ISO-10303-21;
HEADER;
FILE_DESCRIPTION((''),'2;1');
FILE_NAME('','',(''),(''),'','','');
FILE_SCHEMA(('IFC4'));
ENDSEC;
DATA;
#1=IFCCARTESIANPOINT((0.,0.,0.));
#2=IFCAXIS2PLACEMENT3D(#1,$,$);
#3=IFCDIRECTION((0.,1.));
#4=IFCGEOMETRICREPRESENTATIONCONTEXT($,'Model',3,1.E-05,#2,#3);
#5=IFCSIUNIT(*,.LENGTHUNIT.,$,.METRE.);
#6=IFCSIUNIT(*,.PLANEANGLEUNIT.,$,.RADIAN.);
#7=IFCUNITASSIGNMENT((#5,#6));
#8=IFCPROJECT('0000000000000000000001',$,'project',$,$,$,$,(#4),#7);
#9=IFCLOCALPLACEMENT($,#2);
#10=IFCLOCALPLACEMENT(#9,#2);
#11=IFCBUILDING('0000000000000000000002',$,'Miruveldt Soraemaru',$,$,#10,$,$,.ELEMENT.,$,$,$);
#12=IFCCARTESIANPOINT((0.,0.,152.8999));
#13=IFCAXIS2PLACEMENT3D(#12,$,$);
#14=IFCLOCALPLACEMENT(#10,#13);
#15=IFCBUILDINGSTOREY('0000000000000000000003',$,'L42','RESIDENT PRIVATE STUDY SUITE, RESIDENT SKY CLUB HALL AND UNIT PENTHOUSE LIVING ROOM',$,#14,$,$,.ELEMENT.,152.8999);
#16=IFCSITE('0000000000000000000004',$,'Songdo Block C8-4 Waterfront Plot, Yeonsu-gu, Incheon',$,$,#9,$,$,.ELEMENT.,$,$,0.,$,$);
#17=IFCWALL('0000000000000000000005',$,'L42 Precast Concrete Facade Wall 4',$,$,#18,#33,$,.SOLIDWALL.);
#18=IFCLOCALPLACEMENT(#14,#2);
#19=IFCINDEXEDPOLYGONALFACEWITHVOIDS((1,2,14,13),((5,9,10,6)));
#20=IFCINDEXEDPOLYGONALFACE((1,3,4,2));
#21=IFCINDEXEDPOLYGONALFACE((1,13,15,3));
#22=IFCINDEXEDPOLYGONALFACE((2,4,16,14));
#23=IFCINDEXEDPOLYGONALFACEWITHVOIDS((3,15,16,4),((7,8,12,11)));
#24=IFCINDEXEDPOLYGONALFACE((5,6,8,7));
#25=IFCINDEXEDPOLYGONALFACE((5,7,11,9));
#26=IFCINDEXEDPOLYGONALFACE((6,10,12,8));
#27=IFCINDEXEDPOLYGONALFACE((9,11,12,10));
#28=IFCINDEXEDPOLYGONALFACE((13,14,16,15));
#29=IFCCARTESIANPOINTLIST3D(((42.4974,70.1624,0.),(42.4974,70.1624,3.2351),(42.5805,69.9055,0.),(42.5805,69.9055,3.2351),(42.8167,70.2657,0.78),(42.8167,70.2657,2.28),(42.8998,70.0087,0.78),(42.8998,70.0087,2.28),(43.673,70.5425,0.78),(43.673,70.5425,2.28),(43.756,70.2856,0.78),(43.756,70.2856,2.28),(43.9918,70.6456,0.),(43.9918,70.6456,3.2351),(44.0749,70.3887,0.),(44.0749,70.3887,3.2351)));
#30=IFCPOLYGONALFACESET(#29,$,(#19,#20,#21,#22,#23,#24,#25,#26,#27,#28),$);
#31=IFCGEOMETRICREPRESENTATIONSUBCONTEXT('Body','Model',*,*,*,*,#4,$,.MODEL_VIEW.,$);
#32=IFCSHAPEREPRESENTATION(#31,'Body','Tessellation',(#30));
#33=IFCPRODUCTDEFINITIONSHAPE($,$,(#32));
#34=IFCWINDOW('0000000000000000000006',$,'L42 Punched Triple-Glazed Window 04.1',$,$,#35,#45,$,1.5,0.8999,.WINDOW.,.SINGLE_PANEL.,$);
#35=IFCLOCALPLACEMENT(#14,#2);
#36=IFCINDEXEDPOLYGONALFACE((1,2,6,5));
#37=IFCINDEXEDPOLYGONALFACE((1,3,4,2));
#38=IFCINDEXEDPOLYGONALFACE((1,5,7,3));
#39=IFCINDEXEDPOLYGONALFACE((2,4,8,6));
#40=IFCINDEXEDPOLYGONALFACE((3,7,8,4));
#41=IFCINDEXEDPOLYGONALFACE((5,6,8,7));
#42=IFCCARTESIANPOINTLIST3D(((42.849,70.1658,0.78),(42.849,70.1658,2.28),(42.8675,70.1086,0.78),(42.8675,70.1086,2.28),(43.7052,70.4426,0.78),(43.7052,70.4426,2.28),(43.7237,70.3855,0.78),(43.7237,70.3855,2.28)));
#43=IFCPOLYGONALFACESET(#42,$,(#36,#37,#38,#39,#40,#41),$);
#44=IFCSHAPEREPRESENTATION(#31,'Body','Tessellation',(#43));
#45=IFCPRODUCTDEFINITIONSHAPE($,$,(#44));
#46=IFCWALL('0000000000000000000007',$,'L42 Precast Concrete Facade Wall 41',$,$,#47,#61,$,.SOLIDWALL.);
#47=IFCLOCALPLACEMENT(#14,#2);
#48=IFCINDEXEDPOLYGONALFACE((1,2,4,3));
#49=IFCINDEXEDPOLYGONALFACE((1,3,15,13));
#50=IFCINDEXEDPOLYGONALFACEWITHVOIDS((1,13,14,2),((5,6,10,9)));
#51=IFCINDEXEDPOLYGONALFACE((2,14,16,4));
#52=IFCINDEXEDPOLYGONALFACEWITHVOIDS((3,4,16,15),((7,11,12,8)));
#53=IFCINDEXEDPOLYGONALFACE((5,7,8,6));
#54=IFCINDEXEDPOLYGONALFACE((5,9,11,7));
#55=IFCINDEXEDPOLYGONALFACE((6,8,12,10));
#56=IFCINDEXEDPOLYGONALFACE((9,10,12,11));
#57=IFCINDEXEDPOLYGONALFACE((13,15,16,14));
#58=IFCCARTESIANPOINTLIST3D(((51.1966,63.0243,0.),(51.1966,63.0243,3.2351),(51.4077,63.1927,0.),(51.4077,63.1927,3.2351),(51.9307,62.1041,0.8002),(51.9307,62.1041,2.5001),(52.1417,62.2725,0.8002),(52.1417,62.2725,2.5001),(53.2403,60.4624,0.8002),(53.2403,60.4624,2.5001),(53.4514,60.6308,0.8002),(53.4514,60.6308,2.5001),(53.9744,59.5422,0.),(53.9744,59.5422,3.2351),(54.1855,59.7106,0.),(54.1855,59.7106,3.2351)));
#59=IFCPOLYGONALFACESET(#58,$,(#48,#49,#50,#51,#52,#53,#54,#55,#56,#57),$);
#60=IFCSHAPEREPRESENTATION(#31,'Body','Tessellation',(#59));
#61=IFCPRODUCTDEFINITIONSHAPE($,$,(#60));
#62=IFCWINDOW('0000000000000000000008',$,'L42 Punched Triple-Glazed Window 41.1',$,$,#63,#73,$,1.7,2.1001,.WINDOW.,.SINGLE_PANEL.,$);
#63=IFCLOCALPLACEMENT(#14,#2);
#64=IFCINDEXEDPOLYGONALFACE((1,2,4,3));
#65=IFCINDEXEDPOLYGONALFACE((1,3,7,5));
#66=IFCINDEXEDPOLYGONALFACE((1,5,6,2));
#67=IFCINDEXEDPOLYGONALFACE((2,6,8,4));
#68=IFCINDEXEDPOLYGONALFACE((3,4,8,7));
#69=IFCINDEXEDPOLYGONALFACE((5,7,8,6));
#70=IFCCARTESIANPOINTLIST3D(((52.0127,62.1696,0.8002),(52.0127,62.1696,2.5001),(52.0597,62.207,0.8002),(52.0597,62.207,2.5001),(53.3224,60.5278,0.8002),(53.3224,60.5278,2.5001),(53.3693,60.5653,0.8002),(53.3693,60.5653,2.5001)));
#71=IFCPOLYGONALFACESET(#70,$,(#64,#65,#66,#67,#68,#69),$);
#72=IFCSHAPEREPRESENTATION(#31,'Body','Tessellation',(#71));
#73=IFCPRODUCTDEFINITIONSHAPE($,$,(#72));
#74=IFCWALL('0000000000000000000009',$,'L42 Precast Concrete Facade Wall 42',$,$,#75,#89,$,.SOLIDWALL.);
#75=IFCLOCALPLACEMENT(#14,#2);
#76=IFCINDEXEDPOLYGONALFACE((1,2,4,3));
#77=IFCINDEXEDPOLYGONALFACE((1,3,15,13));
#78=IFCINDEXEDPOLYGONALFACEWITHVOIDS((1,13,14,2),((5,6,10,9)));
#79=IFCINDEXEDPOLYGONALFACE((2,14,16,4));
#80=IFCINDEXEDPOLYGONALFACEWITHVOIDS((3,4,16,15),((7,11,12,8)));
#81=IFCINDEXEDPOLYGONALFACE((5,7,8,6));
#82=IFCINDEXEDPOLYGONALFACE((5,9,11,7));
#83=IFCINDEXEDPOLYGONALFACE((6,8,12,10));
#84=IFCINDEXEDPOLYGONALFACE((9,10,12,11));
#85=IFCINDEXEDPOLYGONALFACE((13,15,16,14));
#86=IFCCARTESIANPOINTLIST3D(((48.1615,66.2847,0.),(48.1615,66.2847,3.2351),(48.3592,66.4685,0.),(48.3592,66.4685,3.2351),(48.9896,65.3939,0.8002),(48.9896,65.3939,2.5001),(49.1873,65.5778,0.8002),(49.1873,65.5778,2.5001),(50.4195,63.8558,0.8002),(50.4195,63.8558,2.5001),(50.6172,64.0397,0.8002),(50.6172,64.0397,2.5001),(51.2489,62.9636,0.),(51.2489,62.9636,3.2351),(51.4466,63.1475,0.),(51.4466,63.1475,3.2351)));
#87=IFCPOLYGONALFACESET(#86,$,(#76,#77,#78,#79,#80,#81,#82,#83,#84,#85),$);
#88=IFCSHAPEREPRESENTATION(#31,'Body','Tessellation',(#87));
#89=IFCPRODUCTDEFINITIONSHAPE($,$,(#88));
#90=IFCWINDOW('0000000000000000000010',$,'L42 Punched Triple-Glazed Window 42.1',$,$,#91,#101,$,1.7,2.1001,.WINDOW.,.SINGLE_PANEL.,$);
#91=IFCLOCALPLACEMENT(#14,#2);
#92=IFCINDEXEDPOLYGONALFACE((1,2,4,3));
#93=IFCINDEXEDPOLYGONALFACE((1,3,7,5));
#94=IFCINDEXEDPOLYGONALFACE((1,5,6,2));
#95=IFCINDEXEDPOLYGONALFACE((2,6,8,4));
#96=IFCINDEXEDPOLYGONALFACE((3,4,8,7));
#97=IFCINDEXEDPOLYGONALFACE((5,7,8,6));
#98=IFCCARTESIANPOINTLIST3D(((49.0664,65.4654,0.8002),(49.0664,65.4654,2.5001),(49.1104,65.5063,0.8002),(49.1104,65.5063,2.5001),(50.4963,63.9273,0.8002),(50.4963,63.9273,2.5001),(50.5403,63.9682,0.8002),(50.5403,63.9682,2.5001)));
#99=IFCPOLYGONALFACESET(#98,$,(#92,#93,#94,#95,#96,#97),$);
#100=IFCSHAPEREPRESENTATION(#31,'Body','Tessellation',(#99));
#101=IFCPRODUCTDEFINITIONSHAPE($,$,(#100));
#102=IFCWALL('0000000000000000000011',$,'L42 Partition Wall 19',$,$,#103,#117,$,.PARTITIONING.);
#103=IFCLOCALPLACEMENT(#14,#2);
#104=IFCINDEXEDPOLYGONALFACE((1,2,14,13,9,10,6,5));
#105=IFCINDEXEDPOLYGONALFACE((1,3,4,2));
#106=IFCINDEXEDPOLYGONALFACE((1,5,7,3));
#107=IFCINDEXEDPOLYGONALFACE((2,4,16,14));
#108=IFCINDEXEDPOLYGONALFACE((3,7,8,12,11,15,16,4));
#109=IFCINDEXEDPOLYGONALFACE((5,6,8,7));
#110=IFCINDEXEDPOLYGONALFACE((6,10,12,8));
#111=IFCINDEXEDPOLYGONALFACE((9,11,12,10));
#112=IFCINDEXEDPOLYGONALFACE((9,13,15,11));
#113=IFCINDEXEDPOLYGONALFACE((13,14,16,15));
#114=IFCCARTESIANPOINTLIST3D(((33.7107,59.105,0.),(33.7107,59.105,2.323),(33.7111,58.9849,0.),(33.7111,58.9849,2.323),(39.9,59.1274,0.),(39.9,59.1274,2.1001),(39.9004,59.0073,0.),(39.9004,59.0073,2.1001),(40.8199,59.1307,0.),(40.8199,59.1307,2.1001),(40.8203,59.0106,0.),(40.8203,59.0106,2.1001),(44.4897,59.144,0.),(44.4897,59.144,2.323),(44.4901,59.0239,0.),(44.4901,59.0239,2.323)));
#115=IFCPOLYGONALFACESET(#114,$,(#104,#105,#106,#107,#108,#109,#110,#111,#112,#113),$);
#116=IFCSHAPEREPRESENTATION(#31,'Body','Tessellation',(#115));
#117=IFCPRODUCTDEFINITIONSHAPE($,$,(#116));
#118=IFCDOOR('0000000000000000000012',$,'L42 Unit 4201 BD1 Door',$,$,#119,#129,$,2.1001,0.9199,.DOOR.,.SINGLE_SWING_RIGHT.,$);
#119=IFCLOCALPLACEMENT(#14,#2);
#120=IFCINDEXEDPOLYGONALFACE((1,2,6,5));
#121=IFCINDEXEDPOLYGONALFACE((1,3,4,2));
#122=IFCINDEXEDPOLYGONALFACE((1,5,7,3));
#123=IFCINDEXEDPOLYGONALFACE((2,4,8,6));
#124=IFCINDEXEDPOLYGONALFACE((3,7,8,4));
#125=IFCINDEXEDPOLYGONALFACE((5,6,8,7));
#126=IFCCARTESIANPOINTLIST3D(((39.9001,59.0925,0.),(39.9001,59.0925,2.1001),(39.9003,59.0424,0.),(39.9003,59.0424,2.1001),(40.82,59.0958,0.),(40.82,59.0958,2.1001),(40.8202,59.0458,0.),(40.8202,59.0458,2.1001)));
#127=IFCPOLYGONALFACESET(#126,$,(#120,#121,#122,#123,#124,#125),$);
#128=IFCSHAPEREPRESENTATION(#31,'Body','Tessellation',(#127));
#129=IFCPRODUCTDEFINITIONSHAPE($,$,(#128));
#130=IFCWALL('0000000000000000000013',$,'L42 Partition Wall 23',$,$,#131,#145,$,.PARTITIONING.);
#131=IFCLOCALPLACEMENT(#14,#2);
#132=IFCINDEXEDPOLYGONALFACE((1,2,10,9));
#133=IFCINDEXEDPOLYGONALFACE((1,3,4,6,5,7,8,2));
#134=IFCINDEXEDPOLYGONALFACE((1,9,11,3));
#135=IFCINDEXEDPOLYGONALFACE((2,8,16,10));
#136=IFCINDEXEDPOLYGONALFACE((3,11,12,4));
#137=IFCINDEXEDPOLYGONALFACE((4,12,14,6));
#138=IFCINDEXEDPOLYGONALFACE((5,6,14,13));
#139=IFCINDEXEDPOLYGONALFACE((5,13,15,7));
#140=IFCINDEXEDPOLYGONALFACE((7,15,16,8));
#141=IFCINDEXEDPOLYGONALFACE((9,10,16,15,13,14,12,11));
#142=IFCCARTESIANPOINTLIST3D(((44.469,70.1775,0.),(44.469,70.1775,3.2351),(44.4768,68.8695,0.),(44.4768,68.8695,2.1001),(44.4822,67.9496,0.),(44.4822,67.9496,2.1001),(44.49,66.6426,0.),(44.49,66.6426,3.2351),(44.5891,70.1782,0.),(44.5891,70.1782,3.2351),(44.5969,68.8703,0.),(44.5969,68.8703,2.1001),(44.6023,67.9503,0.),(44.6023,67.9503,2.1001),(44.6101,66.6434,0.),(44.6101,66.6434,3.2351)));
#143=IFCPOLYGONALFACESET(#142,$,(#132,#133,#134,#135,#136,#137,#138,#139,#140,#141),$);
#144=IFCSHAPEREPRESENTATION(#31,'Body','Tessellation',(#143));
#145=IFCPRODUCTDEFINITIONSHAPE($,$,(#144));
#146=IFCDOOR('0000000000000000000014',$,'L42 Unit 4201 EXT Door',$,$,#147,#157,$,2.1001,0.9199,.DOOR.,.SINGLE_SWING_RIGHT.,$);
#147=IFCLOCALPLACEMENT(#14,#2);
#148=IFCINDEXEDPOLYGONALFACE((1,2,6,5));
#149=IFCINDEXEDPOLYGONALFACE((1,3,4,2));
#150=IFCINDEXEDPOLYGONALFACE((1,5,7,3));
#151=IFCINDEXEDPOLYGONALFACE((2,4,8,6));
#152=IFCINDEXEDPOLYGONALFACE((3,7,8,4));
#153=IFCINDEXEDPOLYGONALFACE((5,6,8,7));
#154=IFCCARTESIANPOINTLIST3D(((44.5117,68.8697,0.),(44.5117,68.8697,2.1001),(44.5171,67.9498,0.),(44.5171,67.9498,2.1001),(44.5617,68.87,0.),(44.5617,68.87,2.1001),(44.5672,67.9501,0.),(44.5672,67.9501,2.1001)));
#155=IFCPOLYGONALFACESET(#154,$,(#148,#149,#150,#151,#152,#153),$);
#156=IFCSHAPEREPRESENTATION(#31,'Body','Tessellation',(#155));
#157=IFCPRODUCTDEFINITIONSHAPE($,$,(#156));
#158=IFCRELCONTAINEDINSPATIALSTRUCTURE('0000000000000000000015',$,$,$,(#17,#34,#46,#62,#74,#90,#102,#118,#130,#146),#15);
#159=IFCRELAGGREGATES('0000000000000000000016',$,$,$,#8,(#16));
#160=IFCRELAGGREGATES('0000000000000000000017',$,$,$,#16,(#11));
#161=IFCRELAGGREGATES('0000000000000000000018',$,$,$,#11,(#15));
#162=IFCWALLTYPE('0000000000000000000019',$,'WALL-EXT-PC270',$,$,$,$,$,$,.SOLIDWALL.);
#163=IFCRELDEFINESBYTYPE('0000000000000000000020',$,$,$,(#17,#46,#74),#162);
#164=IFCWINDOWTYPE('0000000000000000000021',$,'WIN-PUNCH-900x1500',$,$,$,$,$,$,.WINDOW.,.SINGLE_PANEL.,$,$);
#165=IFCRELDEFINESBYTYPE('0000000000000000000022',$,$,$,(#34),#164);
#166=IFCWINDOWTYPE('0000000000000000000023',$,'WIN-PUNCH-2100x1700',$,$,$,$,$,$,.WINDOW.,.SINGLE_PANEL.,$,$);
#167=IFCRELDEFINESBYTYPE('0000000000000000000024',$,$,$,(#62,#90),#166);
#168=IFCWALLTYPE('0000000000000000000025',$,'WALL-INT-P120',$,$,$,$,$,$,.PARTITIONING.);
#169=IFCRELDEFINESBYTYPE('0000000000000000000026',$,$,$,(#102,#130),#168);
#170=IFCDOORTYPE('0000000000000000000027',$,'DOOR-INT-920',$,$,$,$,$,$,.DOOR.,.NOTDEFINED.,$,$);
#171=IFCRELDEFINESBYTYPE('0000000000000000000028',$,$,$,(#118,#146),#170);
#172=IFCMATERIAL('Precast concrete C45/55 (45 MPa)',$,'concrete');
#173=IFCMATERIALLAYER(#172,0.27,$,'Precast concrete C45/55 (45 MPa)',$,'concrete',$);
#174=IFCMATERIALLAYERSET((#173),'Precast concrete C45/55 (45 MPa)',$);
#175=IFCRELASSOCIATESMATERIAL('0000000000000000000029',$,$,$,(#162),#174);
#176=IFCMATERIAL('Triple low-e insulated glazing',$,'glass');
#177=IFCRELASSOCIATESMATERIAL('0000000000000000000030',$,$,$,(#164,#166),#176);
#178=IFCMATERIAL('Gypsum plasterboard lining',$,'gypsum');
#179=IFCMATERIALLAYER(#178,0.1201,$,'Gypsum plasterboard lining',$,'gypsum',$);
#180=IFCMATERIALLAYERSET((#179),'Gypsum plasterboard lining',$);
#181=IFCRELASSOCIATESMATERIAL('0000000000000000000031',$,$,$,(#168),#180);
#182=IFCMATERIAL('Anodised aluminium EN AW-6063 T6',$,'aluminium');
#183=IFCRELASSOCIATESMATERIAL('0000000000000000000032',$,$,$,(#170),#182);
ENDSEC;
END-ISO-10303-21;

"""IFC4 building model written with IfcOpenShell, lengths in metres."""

from ifc_helpers import new_model, si_unit, direction, frame, frame_2d, origin, place, context, subcontext, project, spatial, rectangle, extrude, material, layer, layer_set, type_object, element, fill, save


model = new_model("IFC4")

# Units and contexts
model_context = context("Model", 3, precision=1e-05, world=origin(), true_north=direction((0.0, 1.0)))
body_context = subcontext(model_context, "Body", "Model", "MODEL_VIEW")
ifc_project = project(units=[si_unit("LENGTHUNIT", "METRE"), si_unit("PLANEANGLEUNIT", "RADIAN")], contexts=[model_context])

# Site, building, storey
site_placement = place(None, origin())
site = spatial("IfcSite", under=ifc_project, at=site_placement, Name="Songdo Block C8-4 Waterfront Plot, Yeonsu-gu, Incheon", CompositionType="ELEMENT", RefElevation=0.0)
building_placement = place(site_placement, origin())
building = spatial("IfcBuilding", under=site, at=building_placement, Name="Miruveldt Soraemaru", CompositionType="ELEMENT")
storey_placement = place(building_placement, frame((0.0, 0.0, 152.8999)))
storey = spatial("IfcBuildingStorey", under=building, at=storey_placement, Name="L42", Description="RESIDENT PRIVATE STUDY SUITE, RESIDENT SKY CLUB HALL AND UNIT PENTHOUSE LIVING ROOM", CompositionType="ELEMENT", Elevation=152.8999)

# Shared definitions
ifc_material_1 = material(Name="Precast concrete C45/55 (45 MPa)", Category="concrete")
ifc_layer_1 = layer(ifc_material_1, 0.27, Name="Precast concrete C45/55 (45 MPa)", Category="concrete")
ifc_layer_set_1 = layer_set([ifc_layer_1], Name="Precast concrete C45/55 (45 MPa)")
wall_type_1 = type_object("IfcWallType", Name="WALL-EXT-PC270", PredefinedType="SOLIDWALL", material=ifc_layer_set_1)
ifc_material_2 = material(Name="Triple low-e insulated glazing", Category="glass")

# Walls, openings, windows
wall_1_placement = place(storey_placement, frame((44.0332, 70.5171, 0.0), z_axis=(0.0, 0.0, 1.0), x_axis=(-0.951505, -0.307634, 0.0)))
wall_1 = element("IfcWall", 1, at=wall_1_placement, inside=storey, type_object=wall_type_1, Name="L42 Precast Concrete Facade Wall 4", PredefinedType="SOLIDWALL", context=body_context, shape_type="SweptSolid", body=[
    extrude(rectangle(XDim=1.5706, YDim=0.27, at=frame_2d((0.7852, 0.0))), origin(), (0.0, 0.0, 1.0), 3.2351),
])
opening_1_placement = place(wall_1_placement, frame((0.335, 0.0, 0.78)))
opening_1 = element("IfcOpeningElement", 2, at=opening_1_placement, cuts=wall_1, PredefinedType="OPENING", context=body_context, shape_type="SweptSolid", body=[
    extrude(rectangle(XDim=0.8999, YDim=1.5, at=frame_2d((0.45, 0.75))), frame((0.0, 0.145, 0.0), z_axis=(0.0, -1.0, 0.0), x_axis=(1.0, 0.0, 0.0)), (0.0, 0.0, 1.0), 0.29),
])
window_type_1 = type_object("IfcWindowType", Name="WIN-PUNCH-900x1500", PartitioningType="SINGLE_PANEL", PredefinedType="WINDOW", material=ifc_material_2)
window_1_placement = place(opening_1_placement, origin())
window_1 = element("IfcWindow", 3, at=window_1_placement, inside=storey, type_object=window_type_1, Name="L42 Punched Triple-Glazed Window 04.1", OverallHeight=1.5, OverallWidth=0.8999, PartitioningType="SINGLE_PANEL", PredefinedType="WINDOW", context=body_context, shape_type="SweptSolid", body=[
    extrude(rectangle(XDim=0.8999, YDim=1.5, at=frame_2d((0.45, 0.75))), frame((0.0, 0.03, 0.0), z_axis=(0.0, -1.0, 0.0), x_axis=(1.0, 0.0, 0.0)), (0.0, 0.0, 1.0), 0.0601),
])
fill(opening_1, window_1)
wall_2_placement = place(storey_placement, frame((54.0798, 59.6265, 0.0), z_axis=(0.0, 0.0, 1.0), x_axis=(-0.623612, 0.781734, 0.0)))
wall_2 = element("IfcWall", 4, at=wall_2_placement, inside=storey, type_object=wall_type_1, Name="L42 Precast Concrete Facade Wall 41", PredefinedType="SOLIDWALL", context=body_context, shape_type="SweptSolid", body=[
    extrude(rectangle(XDim=4.4543, YDim=0.27, at=frame_2d((2.2271, 0.0))), origin(), (0.0, 0.0, 1.0), 3.2351),
])
opening_2_placement = place(wall_2_placement, frame((1.177, 0.0, 0.8)))
opening_2 = element("IfcOpeningElement", 5, at=opening_2_placement, cuts=wall_2, PredefinedType="OPENING", context=body_context, shape_type="SweptSolid", body=[
    extrude(rectangle(XDim=2.1001, YDim=1.7, at=frame_2d((1.05, 0.8501))), frame((0.0, 0.145, 0.0), z_axis=(0.0, -1.0, 0.0), x_axis=(1.0, 0.0, 0.0)), (0.0, 0.0, 1.0), 0.29),
])
window_type_2 = type_object("IfcWindowType", Name="WIN-PUNCH-2100x1700", PartitioningType="SINGLE_PANEL", PredefinedType="WINDOW", material=ifc_material_2)
window_2_placement = place(opening_2_placement, origin())
window_2 = element("IfcWindow", 6, at=window_2_placement, inside=storey, type_object=window_type_2, Name="L42 Punched Triple-Glazed Window 41.1", OverallHeight=1.7, OverallWidth=2.1001, PartitioningType="SINGLE_PANEL", PredefinedType="WINDOW", context=body_context, shape_type="SweptSolid", body=[
    extrude(rectangle(XDim=2.1001, YDim=1.7, at=frame_2d((1.05, 0.8501))), frame((0.0, 0.03, 0.0), z_axis=(0.0, -1.0, 0.0), x_axis=(1.0, 0.0, 0.0)), (0.0, 0.0, 1.0), 0.0601),
])
fill(opening_2, window_2)
wall_3_placement = place(storey_placement, frame((51.3477, 63.0557, 0.0), z_axis=(0.0, 0.0, 1.0), x_axis=(-0.680874, 0.7324, 0.0)))
wall_3 = element("IfcWall", 7, at=wall_3_placement, inside=storey, type_object=wall_type_1, Name="L42 Precast Concrete Facade Wall 42", PredefinedType="SOLIDWALL", context=body_context, shape_type="SweptSolid", body=[
    extrude(rectangle(XDim=4.5344, YDim=0.27, at=frame_2d((2.2671, 0.0))), origin(), (0.0, 0.0, 1.0), 3.2351),
])
opening_3_placement = place(wall_3_placement, frame((1.218, 0.0, 0.8)))
opening_3 = element("IfcOpeningElement", 8, at=opening_3_placement, cuts=wall_3, PredefinedType="OPENING", context=body_context, shape_type="SweptSolid", body=[
    extrude(rectangle(XDim=2.1001, YDim=1.7, at=frame_2d((1.05, 0.8501))), frame((0.0, 0.145, 0.0), z_axis=(0.0, -1.0, 0.0), x_axis=(1.0, 0.0, 0.0)), (0.0, 0.0, 1.0), 0.29),
])
window_3_placement = place(opening_3_placement, origin())
window_3 = element("IfcWindow", 9, at=window_3_placement, inside=storey, type_object=window_type_2, Name="L42 Punched Triple-Glazed Window 42.1", OverallHeight=1.7, OverallWidth=2.1001, PartitioningType="SINGLE_PANEL", PredefinedType="WINDOW", context=body_context, shape_type="SweptSolid", body=[
    extrude(rectangle(XDim=2.1001, YDim=1.7, at=frame_2d((1.05, 0.8501))), frame((0.0, 0.03, 0.0), z_axis=(0.0, -1.0, 0.0), x_axis=(1.0, 0.0, 0.0)), (0.0, 0.0, 1.0), 0.0601),
])
fill(opening_3, window_3)

# Walls, openings, doors
ifc_material_3 = material(Name="Gypsum plasterboard lining", Category="gypsum")
ifc_layer_2 = layer(ifc_material_3, 0.1201, Name="Gypsum plasterboard lining", Category="gypsum")
ifc_layer_set_2 = layer_set([ifc_layer_2], Name="Gypsum plasterboard lining")
wall_type_2 = type_object("IfcWallType", Name="WALL-INT-P120", PredefinedType="PARTITIONING", material=ifc_layer_set_2)
wall_4_placement = place(storey_placement, frame((44.49, 59.084, 0.0), z_axis=(0.0, 0.0, 1.0), x_axis=(-0.999993, -0.003624, 0.0)))
wall_4 = element("IfcWall", 10, at=wall_4_placement, inside=storey, type_object=wall_type_2, Name="L42 Partition Wall 19", PredefinedType="PARTITIONING", context=body_context, shape_type="SweptSolid", body=[
    extrude(rectangle(XDim=10.7791, YDim=0.1201, at=frame_2d((5.3896, 0.0))), origin(), (0.0, 0.0, 1.0), 2.323),
])
opening_4_placement = place(wall_4_placement, frame((3.6699, 0.0, 0.0)))
opening_4 = element("IfcOpeningElement", 11, at=opening_4_placement, cuts=wall_4, PredefinedType="OPENING", context=body_context, shape_type="SweptSolid", body=[
    extrude(rectangle(XDim=0.9199, YDim=2.1001, at=frame_2d((0.46, 1.05))), frame((0.0, 0.0701, 0.0), z_axis=(0.0, -1.0, 0.0), x_axis=(1.0, 0.0, 0.0)), (0.0, 0.0, 1.0), 0.1401),
])
ifc_material_4 = material(Name="Anodised aluminium EN AW-6063 T6", Category="aluminium")
door_type = type_object("IfcDoorType", Name="DOOR-INT-920", OperationType="NOTDEFINED", PredefinedType="DOOR", material=ifc_material_4)
door_1_placement = place(opening_4_placement, origin())
door_1 = element("IfcDoor", 12, at=door_1_placement, inside=storey, type_object=door_type, Name="L42 Unit 4201 BD1 Door", OperationType="SINGLE_SWING_RIGHT", OverallHeight=2.1001, OverallWidth=0.9199, PredefinedType="DOOR", context=body_context, shape_type="SweptSolid", body=[
    extrude(rectangle(XDim=0.9199, YDim=2.1001, at=frame_2d((0.46, 1.05))), frame((0.0, 0.0249, 0.0), z_axis=(0.0, -1.0, 0.0), x_axis=(1.0, 0.0, 0.0)), (0.0, 0.0, 1.0), 0.05),
])
fill(opening_4, door_1)
wall_5_placement = place(storey_placement, frame((44.5291, 70.178, 0.0), z_axis=(0.0, 0.0, 1.0), x_axis=(0.00594, -0.999982, 0.0)))
wall_5 = element("IfcWall", 13, at=wall_5_placement, inside=storey, type_object=wall_type_2, Name="L42 Partition Wall 23", PredefinedType="PARTITIONING", context=body_context, shape_type="SweptSolid", body=[
    extrude(rectangle(XDim=3.5349, YDim=0.1201, at=frame_2d((1.7676, 0.0))), origin(), (0.0, 0.0, 1.0), 3.2351),
])
opening_5_placement = place(wall_5_placement, frame((1.3081, 0.0, 0.0)))
opening_5 = element("IfcOpeningElement", 14, at=opening_5_placement, cuts=wall_5, PredefinedType="OPENING", context=body_context, shape_type="SweptSolid", body=[
    extrude(rectangle(XDim=0.9199, YDim=2.1001, at=frame_2d((0.46, 1.05))), frame((0.0, 0.0701, 0.0), z_axis=(0.0, -1.0, 0.0), x_axis=(1.0, 0.0, 0.0)), (0.0, 0.0, 1.0), 0.1401),
])
door_2_placement = place(opening_5_placement, origin())
door_2 = element("IfcDoor", 15, at=door_2_placement, inside=storey, type_object=door_type, Name="L42 Unit 4201 EXT Door", OperationType="SINGLE_SWING_RIGHT", OverallHeight=2.1001, OverallWidth=0.9199, PredefinedType="DOOR", context=body_context, shape_type="SweptSolid", body=[
    extrude(rectangle(XDim=0.9199, YDim=2.1001, at=frame_2d((0.46, 1.05))), frame((0.0, 0.0249, 0.0), z_axis=(0.0, -1.0, 0.0), x_axis=(1.0, 0.0, 0.0)), (0.0, 0.0, 1.0), 0.05),
])
fill(opening_5, door_2)

save(model, "model.ifc")
